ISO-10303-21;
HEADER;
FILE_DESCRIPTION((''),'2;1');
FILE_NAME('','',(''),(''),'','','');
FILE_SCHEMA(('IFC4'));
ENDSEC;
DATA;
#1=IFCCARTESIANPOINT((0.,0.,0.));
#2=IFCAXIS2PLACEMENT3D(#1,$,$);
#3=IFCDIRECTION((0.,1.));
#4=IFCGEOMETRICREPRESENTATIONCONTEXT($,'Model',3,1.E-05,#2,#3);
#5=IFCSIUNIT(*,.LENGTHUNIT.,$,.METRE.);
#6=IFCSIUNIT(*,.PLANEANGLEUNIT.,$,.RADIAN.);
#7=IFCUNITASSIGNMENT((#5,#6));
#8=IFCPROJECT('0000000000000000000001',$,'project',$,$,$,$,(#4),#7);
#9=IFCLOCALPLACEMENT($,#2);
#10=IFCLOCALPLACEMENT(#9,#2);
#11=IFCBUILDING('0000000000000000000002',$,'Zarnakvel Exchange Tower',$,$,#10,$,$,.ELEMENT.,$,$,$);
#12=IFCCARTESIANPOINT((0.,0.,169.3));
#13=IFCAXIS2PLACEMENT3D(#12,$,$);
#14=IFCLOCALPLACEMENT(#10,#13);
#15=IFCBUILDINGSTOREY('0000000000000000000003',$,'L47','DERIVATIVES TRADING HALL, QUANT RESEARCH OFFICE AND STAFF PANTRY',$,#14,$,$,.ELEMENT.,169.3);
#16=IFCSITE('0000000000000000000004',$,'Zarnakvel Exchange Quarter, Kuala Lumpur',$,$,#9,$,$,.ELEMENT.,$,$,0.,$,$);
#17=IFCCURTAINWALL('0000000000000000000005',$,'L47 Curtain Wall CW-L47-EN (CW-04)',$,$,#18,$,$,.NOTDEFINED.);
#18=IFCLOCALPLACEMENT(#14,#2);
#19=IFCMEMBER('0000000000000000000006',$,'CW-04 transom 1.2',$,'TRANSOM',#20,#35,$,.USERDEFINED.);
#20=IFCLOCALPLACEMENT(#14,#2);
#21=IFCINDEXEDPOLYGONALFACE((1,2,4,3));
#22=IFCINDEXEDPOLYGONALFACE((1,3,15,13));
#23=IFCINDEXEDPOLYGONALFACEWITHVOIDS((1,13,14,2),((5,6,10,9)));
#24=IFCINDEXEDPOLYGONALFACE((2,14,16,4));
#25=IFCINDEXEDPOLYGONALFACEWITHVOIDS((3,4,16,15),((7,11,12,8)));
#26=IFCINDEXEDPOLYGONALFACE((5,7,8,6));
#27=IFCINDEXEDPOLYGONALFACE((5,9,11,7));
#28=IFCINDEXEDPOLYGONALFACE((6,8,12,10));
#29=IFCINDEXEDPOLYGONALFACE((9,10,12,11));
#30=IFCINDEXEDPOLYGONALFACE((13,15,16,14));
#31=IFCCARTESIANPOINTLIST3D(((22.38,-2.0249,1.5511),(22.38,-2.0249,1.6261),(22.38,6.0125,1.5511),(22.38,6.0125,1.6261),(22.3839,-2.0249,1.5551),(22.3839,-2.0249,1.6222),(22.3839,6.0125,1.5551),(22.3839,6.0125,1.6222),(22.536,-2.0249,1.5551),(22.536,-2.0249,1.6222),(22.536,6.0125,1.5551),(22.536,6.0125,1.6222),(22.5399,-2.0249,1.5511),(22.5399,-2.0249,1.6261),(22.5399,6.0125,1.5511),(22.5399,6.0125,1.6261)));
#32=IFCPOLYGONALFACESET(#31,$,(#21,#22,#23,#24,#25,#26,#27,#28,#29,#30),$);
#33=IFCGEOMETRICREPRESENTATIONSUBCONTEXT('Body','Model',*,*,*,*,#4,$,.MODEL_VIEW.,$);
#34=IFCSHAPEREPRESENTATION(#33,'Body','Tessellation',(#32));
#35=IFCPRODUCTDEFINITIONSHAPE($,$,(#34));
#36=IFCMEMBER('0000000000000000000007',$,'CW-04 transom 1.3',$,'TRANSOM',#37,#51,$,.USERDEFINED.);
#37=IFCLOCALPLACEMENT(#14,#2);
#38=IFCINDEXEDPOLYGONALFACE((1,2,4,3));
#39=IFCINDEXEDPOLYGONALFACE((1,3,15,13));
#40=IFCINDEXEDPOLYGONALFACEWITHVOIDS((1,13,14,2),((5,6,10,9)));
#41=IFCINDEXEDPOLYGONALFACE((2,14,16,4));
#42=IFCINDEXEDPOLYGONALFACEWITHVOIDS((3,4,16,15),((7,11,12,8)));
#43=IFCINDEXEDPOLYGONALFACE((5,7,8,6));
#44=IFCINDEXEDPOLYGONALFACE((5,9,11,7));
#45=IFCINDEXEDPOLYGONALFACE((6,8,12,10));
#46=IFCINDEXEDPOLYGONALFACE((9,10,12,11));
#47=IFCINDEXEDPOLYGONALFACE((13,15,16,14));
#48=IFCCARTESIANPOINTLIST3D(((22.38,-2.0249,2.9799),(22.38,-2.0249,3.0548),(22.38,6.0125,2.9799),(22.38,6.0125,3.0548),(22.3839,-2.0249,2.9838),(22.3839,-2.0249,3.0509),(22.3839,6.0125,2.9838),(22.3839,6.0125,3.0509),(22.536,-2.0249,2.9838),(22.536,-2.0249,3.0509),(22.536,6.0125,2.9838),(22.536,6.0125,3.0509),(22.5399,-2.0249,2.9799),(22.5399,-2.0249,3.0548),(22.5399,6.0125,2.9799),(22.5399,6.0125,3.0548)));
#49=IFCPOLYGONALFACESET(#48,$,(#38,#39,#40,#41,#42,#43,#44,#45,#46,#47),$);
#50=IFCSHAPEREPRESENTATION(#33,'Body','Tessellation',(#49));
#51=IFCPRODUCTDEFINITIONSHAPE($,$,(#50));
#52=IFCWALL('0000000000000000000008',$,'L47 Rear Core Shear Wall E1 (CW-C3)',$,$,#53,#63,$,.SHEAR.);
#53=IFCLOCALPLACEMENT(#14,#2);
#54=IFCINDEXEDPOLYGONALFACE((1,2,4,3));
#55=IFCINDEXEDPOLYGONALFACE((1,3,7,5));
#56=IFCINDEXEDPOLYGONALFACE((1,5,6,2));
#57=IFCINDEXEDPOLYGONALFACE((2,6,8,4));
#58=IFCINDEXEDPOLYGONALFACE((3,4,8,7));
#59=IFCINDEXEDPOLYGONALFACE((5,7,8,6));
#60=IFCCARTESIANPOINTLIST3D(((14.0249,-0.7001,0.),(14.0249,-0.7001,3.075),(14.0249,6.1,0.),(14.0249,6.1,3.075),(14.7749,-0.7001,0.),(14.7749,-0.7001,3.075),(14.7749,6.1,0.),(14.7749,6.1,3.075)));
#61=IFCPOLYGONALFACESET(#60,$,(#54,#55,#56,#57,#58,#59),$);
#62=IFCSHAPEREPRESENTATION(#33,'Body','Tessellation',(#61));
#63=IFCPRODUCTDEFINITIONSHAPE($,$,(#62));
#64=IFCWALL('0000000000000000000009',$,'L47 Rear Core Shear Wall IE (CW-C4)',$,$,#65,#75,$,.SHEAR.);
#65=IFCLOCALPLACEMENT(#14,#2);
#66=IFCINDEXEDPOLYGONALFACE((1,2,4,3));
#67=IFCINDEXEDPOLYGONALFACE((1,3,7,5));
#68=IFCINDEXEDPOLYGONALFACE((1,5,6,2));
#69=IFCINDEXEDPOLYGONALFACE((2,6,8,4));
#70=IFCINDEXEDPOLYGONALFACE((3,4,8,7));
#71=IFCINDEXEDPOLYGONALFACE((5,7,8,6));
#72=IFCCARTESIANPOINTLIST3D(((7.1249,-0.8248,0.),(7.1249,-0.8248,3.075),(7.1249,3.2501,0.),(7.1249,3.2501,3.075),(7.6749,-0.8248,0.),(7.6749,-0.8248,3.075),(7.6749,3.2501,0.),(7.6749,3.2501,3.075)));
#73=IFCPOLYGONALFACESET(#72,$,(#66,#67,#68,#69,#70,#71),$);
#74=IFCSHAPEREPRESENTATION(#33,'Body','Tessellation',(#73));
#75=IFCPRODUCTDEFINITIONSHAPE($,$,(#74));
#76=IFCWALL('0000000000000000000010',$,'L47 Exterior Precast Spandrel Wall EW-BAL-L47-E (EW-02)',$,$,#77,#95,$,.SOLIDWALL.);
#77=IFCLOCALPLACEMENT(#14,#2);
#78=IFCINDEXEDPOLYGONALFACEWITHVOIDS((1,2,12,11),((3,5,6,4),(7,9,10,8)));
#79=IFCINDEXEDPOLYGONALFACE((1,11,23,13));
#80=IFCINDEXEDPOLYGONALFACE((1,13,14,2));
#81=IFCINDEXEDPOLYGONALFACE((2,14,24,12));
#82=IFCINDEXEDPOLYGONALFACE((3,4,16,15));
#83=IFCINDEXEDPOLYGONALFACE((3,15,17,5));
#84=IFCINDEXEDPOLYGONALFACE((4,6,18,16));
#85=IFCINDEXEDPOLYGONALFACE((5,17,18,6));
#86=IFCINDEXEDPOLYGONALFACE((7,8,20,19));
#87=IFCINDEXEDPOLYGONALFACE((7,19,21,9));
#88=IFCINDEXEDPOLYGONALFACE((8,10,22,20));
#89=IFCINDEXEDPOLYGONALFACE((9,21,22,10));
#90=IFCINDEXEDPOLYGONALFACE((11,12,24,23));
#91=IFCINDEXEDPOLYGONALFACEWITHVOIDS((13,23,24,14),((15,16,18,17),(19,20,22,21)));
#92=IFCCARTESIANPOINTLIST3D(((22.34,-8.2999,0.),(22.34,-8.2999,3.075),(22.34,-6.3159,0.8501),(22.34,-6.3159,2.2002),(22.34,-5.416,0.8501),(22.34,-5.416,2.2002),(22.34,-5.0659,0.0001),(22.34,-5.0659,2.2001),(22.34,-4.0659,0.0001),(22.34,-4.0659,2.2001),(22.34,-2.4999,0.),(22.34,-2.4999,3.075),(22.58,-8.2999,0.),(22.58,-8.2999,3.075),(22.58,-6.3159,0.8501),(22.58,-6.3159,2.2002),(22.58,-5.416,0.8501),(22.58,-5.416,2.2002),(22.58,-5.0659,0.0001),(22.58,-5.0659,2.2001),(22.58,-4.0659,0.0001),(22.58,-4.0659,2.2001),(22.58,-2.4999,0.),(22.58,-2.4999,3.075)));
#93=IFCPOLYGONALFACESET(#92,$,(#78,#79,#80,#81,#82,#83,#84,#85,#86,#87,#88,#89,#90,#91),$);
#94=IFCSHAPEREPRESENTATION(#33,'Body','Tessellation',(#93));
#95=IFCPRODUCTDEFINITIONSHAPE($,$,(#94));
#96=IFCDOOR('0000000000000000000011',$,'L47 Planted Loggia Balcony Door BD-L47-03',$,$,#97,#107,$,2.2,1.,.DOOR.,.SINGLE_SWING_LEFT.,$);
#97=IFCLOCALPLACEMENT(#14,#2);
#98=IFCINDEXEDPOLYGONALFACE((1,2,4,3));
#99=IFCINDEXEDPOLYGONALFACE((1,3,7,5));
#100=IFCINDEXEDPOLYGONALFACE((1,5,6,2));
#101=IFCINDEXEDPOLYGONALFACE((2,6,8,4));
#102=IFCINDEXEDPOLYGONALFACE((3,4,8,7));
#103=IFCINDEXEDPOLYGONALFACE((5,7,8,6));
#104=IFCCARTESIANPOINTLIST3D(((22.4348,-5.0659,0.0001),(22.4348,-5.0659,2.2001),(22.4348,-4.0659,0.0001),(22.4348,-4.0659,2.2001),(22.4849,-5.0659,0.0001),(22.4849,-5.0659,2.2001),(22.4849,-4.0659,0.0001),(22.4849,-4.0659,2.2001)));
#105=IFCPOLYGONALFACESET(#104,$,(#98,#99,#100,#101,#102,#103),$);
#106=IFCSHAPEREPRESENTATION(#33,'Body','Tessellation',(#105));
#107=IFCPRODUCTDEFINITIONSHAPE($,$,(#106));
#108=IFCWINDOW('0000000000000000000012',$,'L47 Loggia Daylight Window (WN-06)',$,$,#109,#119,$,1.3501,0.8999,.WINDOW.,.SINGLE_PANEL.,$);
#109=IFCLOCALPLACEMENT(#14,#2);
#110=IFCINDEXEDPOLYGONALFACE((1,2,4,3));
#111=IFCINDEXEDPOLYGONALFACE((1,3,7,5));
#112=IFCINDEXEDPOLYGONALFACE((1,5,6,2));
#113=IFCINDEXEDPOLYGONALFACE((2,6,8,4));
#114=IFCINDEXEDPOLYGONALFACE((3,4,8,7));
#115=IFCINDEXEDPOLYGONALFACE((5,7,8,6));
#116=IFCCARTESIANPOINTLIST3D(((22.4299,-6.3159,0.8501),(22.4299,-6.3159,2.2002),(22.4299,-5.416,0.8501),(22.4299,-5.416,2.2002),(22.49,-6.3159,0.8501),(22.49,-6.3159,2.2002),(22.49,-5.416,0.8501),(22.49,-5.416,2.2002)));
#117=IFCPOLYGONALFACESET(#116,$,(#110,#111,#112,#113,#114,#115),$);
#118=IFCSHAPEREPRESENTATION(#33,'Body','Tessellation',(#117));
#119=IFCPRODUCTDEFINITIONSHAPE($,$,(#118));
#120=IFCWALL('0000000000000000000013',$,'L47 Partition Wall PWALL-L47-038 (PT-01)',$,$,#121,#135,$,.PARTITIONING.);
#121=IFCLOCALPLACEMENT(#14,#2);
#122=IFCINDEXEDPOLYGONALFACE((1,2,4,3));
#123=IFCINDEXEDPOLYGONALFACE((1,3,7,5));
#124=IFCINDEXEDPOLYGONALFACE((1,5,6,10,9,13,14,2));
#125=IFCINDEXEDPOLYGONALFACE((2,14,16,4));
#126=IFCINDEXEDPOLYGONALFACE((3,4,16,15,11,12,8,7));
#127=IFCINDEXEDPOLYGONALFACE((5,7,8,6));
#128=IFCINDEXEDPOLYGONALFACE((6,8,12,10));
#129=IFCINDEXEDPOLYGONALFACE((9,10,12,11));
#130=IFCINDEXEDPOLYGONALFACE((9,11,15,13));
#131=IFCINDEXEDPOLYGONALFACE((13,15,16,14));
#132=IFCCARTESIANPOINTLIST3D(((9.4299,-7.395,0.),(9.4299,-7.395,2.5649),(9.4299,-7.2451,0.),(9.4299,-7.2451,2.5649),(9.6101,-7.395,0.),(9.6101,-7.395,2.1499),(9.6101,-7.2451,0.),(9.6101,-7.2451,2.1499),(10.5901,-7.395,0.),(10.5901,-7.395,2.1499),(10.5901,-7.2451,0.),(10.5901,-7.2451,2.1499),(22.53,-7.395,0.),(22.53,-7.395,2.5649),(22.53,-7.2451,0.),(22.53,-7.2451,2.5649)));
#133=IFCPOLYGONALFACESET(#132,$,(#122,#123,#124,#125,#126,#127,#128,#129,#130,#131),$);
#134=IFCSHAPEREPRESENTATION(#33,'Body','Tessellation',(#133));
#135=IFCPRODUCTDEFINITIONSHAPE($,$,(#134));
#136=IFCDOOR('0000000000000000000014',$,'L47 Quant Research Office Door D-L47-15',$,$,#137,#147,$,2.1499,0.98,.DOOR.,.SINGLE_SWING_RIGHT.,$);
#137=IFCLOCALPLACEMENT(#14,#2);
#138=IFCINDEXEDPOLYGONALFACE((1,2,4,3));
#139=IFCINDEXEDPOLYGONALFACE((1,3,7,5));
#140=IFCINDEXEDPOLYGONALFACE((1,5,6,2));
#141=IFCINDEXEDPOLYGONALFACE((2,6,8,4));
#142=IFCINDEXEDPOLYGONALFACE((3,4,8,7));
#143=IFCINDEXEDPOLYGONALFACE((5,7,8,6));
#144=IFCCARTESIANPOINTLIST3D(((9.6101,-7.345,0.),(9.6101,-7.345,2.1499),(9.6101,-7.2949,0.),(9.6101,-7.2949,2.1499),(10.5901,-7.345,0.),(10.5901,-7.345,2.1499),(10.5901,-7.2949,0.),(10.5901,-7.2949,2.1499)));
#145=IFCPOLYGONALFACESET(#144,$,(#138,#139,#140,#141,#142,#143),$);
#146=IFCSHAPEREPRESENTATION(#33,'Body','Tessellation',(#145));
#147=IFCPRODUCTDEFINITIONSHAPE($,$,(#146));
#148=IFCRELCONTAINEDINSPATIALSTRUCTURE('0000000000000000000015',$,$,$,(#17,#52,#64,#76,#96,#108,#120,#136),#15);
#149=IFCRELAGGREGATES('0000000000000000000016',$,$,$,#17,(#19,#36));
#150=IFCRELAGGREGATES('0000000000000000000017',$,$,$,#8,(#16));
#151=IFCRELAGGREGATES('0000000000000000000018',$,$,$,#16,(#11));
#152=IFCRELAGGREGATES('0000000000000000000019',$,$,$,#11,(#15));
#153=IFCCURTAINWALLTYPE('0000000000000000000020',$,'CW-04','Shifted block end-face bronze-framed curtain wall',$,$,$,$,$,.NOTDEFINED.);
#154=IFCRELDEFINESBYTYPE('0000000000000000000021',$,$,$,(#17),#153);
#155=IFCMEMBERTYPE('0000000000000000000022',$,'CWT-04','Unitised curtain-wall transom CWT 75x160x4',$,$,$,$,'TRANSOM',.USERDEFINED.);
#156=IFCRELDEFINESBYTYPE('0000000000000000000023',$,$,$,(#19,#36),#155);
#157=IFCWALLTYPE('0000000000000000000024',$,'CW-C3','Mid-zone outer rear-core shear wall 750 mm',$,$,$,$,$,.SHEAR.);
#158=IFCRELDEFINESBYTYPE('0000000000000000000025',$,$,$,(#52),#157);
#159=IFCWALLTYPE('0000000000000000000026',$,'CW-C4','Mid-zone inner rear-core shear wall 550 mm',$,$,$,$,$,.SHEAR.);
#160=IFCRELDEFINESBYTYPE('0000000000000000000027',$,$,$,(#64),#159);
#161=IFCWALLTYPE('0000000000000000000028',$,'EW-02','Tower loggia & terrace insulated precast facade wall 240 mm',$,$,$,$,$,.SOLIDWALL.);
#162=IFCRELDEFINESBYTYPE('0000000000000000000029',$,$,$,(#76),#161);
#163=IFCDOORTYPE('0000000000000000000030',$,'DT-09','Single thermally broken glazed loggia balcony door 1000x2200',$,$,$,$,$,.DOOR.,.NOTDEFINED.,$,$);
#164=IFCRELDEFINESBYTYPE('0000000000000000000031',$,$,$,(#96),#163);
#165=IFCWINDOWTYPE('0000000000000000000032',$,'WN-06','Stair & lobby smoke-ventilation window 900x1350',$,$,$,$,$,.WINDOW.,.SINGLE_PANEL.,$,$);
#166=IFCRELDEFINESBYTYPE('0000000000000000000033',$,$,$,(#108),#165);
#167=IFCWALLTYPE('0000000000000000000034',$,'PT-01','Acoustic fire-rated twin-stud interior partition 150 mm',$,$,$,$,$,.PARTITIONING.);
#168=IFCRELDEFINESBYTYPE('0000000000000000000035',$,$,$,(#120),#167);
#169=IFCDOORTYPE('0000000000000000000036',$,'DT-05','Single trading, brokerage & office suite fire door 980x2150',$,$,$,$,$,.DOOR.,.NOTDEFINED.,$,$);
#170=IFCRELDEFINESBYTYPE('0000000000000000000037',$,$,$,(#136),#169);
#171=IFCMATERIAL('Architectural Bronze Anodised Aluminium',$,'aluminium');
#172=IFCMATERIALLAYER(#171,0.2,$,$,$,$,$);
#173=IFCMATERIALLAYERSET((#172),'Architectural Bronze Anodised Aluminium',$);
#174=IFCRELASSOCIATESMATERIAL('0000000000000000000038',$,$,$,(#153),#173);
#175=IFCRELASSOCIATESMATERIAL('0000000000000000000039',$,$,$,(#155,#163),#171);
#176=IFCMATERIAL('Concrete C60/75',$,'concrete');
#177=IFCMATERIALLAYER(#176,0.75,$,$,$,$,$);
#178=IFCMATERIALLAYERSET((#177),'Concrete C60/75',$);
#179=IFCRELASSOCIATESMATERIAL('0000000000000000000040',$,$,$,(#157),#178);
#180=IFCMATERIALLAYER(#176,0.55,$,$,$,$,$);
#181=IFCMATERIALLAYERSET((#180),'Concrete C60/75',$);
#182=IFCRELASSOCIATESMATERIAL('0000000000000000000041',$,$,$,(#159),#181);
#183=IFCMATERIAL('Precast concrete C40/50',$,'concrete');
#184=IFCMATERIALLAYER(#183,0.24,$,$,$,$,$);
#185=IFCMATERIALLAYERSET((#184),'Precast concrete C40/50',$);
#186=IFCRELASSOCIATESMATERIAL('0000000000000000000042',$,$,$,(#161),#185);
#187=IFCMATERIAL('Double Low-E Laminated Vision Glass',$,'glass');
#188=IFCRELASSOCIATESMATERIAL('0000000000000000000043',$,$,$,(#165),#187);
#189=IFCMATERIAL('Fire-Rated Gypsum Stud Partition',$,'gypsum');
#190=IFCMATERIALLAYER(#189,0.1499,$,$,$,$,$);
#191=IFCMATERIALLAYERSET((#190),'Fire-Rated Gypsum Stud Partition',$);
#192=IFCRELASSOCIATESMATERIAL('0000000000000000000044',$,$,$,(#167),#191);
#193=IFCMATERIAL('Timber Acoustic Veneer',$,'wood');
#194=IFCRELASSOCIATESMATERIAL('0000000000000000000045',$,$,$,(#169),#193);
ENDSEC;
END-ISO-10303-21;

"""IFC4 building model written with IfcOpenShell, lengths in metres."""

from ifc_helpers import new_model, si_unit, direction, frame, frame_2d, origin, origin_2d, place, context, subcontext, project, spatial, rectangle, hollow_rectangle, extrude, source, transform, mapped, material, layer, layer_set, material_profile, profile_set, type_object, element, fill, aggregate, save


model = new_model("IFC4")

# Units and contexts
model_context = context("Model", 3, precision=1e-05, world=origin(), true_north=direction((0.0, 1.0)))
body_context = subcontext(model_context, "Body", "Model", "MODEL_VIEW")
ifc_project = project(units=[si_unit("LENGTHUNIT", "METRE"), si_unit("PLANEANGLEUNIT", "RADIAN")], contexts=[model_context])

# Site, building, storey
site_placement = place(None, origin())
site = spatial("IfcSite", under=ifc_project, at=site_placement, Name="Zarnakvel Exchange Quarter, Kuala Lumpur", CompositionType="ELEMENT", RefElevation=0.0)
building_placement = place(site_placement, origin())
building = spatial("IfcBuilding", under=site, at=building_placement, Name="Zarnakvel Exchange Tower", CompositionType="ELEMENT")
storey_placement = place(building_placement, frame((0.0, 0.0, 169.3)))
storey = spatial("IfcBuildingStorey", under=building, at=storey_placement, Name="L47", Description="DERIVATIVES TRADING HALL, QUANT RESEARCH OFFICE AND STAFF PANTRY", CompositionType="ELEMENT", Elevation=169.3)

# Shared definitions
ifc_material_1 = material(Name="Concrete C60/75", Category="concrete")

# Curtain wall, members
ifc_material_2 = material(Name="Architectural Bronze Anodised Aluminium", Category="aluminium")
ifc_layer_1 = layer(ifc_material_2, 0.2)
ifc_layer_set_1 = layer_set([ifc_layer_1], Name="Architectural Bronze Anodised Aluminium")
curtain_wall_type = type_object("IfcCurtainWallType", Name="CW-04", Description="Shifted block end-face bronze-framed curtain wall", PredefinedType="NOTDEFINED", material=ifc_layer_set_1)
curtain_wall_placement = place(storey_placement, origin())
curtain_wall = element("IfcCurtainWall", 1, at=curtain_wall_placement, inside=storey, type_object=curtain_wall_type, Name="L47 Curtain Wall CW-L47-EN (CW-04)", PredefinedType="NOTDEFINED")
ifc_material_profile_1 = material_profile(ifc_material_2, hollow_rectangle(XDim=0.1599, YDim=0.075, WallThickness=0.0039, at=origin_2d()))
ifc_profile_set_1 = profile_set([ifc_material_profile_1], Name="Architectural Bronze Anodised Aluminium")
member_type_1 = type_object("IfcMemberType", Name="CWT-04", Description="Unitised curtain-wall transom CWT 75x160x4", ElementType="TRANSOM", PredefinedType="USERDEFINED", material=ifc_profile_set_1)
shared_shape_1 = source(origin(), body_context, "Body", "SweptSolid", [
    extrude(hollow_rectangle(XDim=0.1599, YDim=0.075, WallThickness=0.0039, at=origin_2d()), origin(), (0.0, 0.0, 1.0), 8.0374),
])
member_1_placement = place(storey_placement, frame((22.46, -2.0249, 1.5886), z_axis=(0.0, 1.0, 0.0), x_axis=(-1.0, 0.0, 0.0)))
member_1 = element("IfcMember", 2, at=member_1_placement, type_object=member_type_1, Name="CW-04 transom 1.2", ObjectType="TRANSOM", PredefinedType="USERDEFINED", context=body_context, shape_type="MappedRepresentation", body=[
    mapped(shared_shape_1, transform((0.0, 0.0, 0.0), x_axis=(1.0, 0.0, 0.0), y_axis=(0.0, 1.0, 0.0), z_axis=(0.0, 0.0, 1.0), scale=1.0)),
])
member_2_placement = place(storey_placement, frame((22.46, -2.0249, 3.0173), z_axis=(0.0, 1.0, 0.0), x_axis=(-1.0, 0.0, 0.0)))
member_2 = element("IfcMember", 3, at=member_2_placement, type_object=member_type_1, Name="CW-04 transom 1.3", ObjectType="TRANSOM", PredefinedType="USERDEFINED", context=body_context, shape_type="MappedRepresentation", body=[
    mapped(shared_shape_1, transform((0.0, 0.0, 0.0), x_axis=(1.0, 0.0, 0.0), y_axis=(0.0, 1.0, 0.0), z_axis=(0.0, 0.0, 1.0), scale=1.0)),
])
aggregate(curtain_wall, [member_1, member_2])

# Wall
ifc_layer_2 = layer(ifc_material_1, 0.75)
ifc_layer_set_2 = layer_set([ifc_layer_2], Name="Concrete C60/75")
wall_type_1 = type_object("IfcWallType", Name="CW-C3", Description="Mid-zone outer rear-core shear wall 750 mm", PredefinedType="SHEAR", material=ifc_layer_set_2)
wall_1_placement = place(storey_placement, frame((14.3999, -0.7, 0.0), z_axis=(0.0, 0.0, 1.0), x_axis=(0.0, 1.0, 0.0)))
element("IfcWall", 4, at=wall_1_placement, inside=storey, type_object=wall_type_1, Name="L47 Rear Core Shear Wall E1 (CW-C3)", PredefinedType="SHEAR", context=body_context, shape_type="SweptSolid", body=[
    extrude(rectangle(XDim=6.8, YDim=0.75, at=frame_2d((3.3999, 0.0))), origin(), (0.0, 0.0, 1.0), 3.075),
])

# Wall
ifc_layer_3 = layer(ifc_material_1, 0.55)
ifc_layer_set_3 = layer_set([ifc_layer_3], Name="Concrete C60/75")
wall_type_2 = type_object("IfcWallType", Name="CW-C4", Description="Mid-zone inner rear-core shear wall 550 mm", PredefinedType="SHEAR", material=ifc_layer_set_3)
wall_2_placement = place(storey_placement, frame((7.3999, -0.825, 0.0), z_axis=(0.0, 0.0, 1.0), x_axis=(0.0, 1.0, 0.0)))
element("IfcWall", 5, at=wall_2_placement, inside=storey, type_object=wall_type_2, Name="L47 Rear Core Shear Wall IE (CW-C4)", PredefinedType="SHEAR", context=body_context, shape_type="SweptSolid", body=[
    extrude(rectangle(XDim=4.075, YDim=0.55, at=frame_2d((2.0376, 0.0))), origin(), (0.0, 0.0, 1.0), 3.075),
])

# Wall, openings, door, window
ifc_material_3 = material(Name="Precast concrete C40/50", Category="concrete")
ifc_layer_4 = layer(ifc_material_3, 0.24)
ifc_layer_set_4 = layer_set([ifc_layer_4], Name="Precast concrete C40/50")
wall_type_3 = type_object("IfcWallType", Name="EW-02", Description="Tower loggia & terrace insulated precast facade wall 240 mm", PredefinedType="SOLIDWALL", material=ifc_layer_set_4)
wall_3_placement = place(storey_placement, frame((22.46, -2.5, 0.0), z_axis=(0.0, 0.0, 1.0), x_axis=(0.0, -1.0, 0.0)))
wall_3 = element("IfcWall", 6, at=wall_3_placement, inside=storey, type_object=wall_type_3, Name="L47 Exterior Precast Spandrel Wall EW-BAL-L47-E (EW-02)", PredefinedType="SOLIDWALL", context=body_context, shape_type="SweptSolid", body=[
    extrude(rectangle(XDim=5.8, YDim=0.24, at=frame_2d((2.8999, 0.0))), origin(), (0.0, 0.0, 1.0), 3.075),
])
opening_1_placement = place(wall_3_placement, frame((1.5659, 0.0, 0.0)))
opening_1 = element("IfcOpeningElement", 7, at=opening_1_placement, cuts=wall_3, PredefinedType="OPENING", context=body_context, shape_type="SweptSolid", body=[
    extrude(rectangle(XDim=1.0, YDim=2.2, at=frame_2d((0.5, 1.1001))), frame((0.0, 0.1299, 0.0), z_axis=(0.0, -1.0, 0.0), x_axis=(1.0, 0.0, 0.0)), (0.0, 0.0, 1.0), 0.26),
])
opening_2_placement = place(wall_3_placement, frame((2.916, 0.0, 0.8501)))
opening_2 = element("IfcOpeningElement", 8, at=opening_2_placement, cuts=wall_3, PredefinedType="OPENING", context=body_context, shape_type="SweptSolid", body=[
    extrude(rectangle(XDim=0.8999, YDim=1.3501, at=frame_2d((0.45, 0.675))), frame((0.0, 0.1299, 0.0), z_axis=(0.0, -1.0, 0.0), x_axis=(1.0, 0.0, 0.0)), (0.0, 0.0, 1.0), 0.26),
])
door_type_1 = type_object("IfcDoorType", Name="DT-09", Description="Single thermally broken glazed loggia balcony door 1000x2200", OperationType="NOTDEFINED", PredefinedType="DOOR", material=ifc_material_2)
shared_shape_2 = source(origin(), body_context, "Body", "SweptSolid", [
    extrude(rectangle(XDim=1.0, YDim=2.2, at=frame_2d((0.5, 1.1001))), frame((0.0, 0.0249, 0.0), z_axis=(0.0, -1.0, 0.0), x_axis=(1.0, 0.0, 0.0)), (0.0, 0.0, 1.0), 0.05),
])
door_1_placement = place(opening_1_placement, origin())
door_1 = element("IfcDoor", 9, at=door_1_placement, inside=storey, type_object=door_type_1, Name="L47 Planted Loggia Balcony Door BD-L47-03", OperationType="SINGLE_SWING_LEFT", OverallHeight=2.2, OverallWidth=1.0, PredefinedType="DOOR", context=body_context, shape_type="MappedRepresentation", body=[
    mapped(shared_shape_2, transform((0.0, 0.0, 0.0), x_axis=(1.0, 0.0, 0.0), y_axis=(0.0, 1.0, 0.0), z_axis=(0.0, 0.0, 1.0), scale=1.0)),
])
fill(opening_1, door_1)
ifc_material_4 = material(Name="Double Low-E Laminated Vision Glass", Category="glass")
window_type = type_object("IfcWindowType", Name="WN-06", Description="Stair & lobby smoke-ventilation window 900x1350", PartitioningType="SINGLE_PANEL", PredefinedType="WINDOW", material=ifc_material_4)
shared_shape_3 = source(origin(), body_context, "Body", "SweptSolid", [
    extrude(rectangle(XDim=0.8999, YDim=1.3501, at=frame_2d((0.45, 0.675))), frame((0.0, 0.03, 0.0), z_axis=(0.0, -1.0, 0.0), x_axis=(1.0, 0.0, 0.0)), (0.0, 0.0, 1.0), 0.0601),
])
window_placement = place(opening_2_placement, origin())
window = element("IfcWindow", 10, at=window_placement, inside=storey, type_object=window_type, Name="L47 Loggia Daylight Window (WN-06)", OverallHeight=1.3501, OverallWidth=0.8999, PartitioningType="SINGLE_PANEL", PredefinedType="WINDOW", context=body_context, shape_type="MappedRepresentation", body=[
    mapped(shared_shape_3, transform((0.0, 0.0, 0.0), x_axis=(1.0, 0.0, 0.0), y_axis=(0.0, 1.0, 0.0), z_axis=(0.0, 0.0, 1.0), scale=1.0)),
])
fill(opening_2, window)

# Wall, opening, door
ifc_material_5 = material(Name="Fire-Rated Gypsum Stud Partition", Category="gypsum")
ifc_layer_5 = layer(ifc_material_5, 0.1499)
ifc_layer_set_5 = layer_set([ifc_layer_5], Name="Fire-Rated Gypsum Stud Partition")
wall_type_4 = type_object("IfcWallType", Name="PT-01", Description="Acoustic fire-rated twin-stud interior partition 150 mm", PredefinedType="PARTITIONING", material=ifc_layer_set_5)
wall_4_placement = place(storey_placement, frame((22.53, -7.3201, 0.0), z_axis=(0.0, 0.0, 1.0), x_axis=(-1.0, 0.0, 0.0)))
wall_4 = element("IfcWall", 11, at=wall_4_placement, inside=storey, type_object=wall_type_4, Name="L47 Partition Wall PWALL-L47-038 (PT-01)", PredefinedType="PARTITIONING", context=body_context, shape_type="SweptSolid", body=[
    extrude(rectangle(XDim=13.1001, YDim=0.1499, at=frame_2d((6.55, 0.0))), origin(), (0.0, 0.0, 1.0), 2.5649),
])
opening_3_placement = place(wall_4_placement, frame((11.9399, 0.0, 0.0)))
opening_3 = element("IfcOpeningElement", 12, at=opening_3_placement, cuts=wall_4, PredefinedType="OPENING", context=body_context, shape_type="SweptSolid", body=[
    extrude(rectangle(XDim=0.98, YDim=2.1499, at=frame_2d((0.49, 1.075))), frame((0.0, 0.085, 0.0), z_axis=(0.0, -1.0, 0.0), x_axis=(1.0, 0.0, 0.0)), (0.0, 0.0, 1.0), 0.1699),
])
ifc_material_6 = material(Name="Timber Acoustic Veneer", Category="wood")
door_type_2 = type_object("IfcDoorType", Name="DT-05", Description="Single trading, brokerage & office suite fire door 980x2150", OperationType="NOTDEFINED", PredefinedType="DOOR", material=ifc_material_6)
shared_shape_4 = source(origin(), body_context, "Body", "SweptSolid", [
    extrude(rectangle(XDim=0.98, YDim=2.1499, at=frame_2d((0.49, 1.075))), frame((0.0, 0.0249, 0.0), z_axis=(0.0, -1.0, 0.0), x_axis=(1.0, 0.0, 0.0)), (0.0, 0.0, 1.0), 0.05),
])
door_2_placement = place(opening_3_placement, origin())
door_2 = element("IfcDoor", 13, at=door_2_placement, inside=storey, type_object=door_type_2, Name="L47 Quant Research Office Door D-L47-15", OperationType="SINGLE_SWING_RIGHT", OverallHeight=2.1499, OverallWidth=0.98, PredefinedType="DOOR", context=body_context, shape_type="MappedRepresentation", body=[
    mapped(shared_shape_4, transform((0.0, 0.0, 0.0), x_axis=(1.0, 0.0, 0.0), y_axis=(0.0, 1.0, 0.0), z_axis=(0.0, 0.0, 1.0), scale=1.0)),
])
fill(opening_3, door_2)

save(model, "model.ifc")
